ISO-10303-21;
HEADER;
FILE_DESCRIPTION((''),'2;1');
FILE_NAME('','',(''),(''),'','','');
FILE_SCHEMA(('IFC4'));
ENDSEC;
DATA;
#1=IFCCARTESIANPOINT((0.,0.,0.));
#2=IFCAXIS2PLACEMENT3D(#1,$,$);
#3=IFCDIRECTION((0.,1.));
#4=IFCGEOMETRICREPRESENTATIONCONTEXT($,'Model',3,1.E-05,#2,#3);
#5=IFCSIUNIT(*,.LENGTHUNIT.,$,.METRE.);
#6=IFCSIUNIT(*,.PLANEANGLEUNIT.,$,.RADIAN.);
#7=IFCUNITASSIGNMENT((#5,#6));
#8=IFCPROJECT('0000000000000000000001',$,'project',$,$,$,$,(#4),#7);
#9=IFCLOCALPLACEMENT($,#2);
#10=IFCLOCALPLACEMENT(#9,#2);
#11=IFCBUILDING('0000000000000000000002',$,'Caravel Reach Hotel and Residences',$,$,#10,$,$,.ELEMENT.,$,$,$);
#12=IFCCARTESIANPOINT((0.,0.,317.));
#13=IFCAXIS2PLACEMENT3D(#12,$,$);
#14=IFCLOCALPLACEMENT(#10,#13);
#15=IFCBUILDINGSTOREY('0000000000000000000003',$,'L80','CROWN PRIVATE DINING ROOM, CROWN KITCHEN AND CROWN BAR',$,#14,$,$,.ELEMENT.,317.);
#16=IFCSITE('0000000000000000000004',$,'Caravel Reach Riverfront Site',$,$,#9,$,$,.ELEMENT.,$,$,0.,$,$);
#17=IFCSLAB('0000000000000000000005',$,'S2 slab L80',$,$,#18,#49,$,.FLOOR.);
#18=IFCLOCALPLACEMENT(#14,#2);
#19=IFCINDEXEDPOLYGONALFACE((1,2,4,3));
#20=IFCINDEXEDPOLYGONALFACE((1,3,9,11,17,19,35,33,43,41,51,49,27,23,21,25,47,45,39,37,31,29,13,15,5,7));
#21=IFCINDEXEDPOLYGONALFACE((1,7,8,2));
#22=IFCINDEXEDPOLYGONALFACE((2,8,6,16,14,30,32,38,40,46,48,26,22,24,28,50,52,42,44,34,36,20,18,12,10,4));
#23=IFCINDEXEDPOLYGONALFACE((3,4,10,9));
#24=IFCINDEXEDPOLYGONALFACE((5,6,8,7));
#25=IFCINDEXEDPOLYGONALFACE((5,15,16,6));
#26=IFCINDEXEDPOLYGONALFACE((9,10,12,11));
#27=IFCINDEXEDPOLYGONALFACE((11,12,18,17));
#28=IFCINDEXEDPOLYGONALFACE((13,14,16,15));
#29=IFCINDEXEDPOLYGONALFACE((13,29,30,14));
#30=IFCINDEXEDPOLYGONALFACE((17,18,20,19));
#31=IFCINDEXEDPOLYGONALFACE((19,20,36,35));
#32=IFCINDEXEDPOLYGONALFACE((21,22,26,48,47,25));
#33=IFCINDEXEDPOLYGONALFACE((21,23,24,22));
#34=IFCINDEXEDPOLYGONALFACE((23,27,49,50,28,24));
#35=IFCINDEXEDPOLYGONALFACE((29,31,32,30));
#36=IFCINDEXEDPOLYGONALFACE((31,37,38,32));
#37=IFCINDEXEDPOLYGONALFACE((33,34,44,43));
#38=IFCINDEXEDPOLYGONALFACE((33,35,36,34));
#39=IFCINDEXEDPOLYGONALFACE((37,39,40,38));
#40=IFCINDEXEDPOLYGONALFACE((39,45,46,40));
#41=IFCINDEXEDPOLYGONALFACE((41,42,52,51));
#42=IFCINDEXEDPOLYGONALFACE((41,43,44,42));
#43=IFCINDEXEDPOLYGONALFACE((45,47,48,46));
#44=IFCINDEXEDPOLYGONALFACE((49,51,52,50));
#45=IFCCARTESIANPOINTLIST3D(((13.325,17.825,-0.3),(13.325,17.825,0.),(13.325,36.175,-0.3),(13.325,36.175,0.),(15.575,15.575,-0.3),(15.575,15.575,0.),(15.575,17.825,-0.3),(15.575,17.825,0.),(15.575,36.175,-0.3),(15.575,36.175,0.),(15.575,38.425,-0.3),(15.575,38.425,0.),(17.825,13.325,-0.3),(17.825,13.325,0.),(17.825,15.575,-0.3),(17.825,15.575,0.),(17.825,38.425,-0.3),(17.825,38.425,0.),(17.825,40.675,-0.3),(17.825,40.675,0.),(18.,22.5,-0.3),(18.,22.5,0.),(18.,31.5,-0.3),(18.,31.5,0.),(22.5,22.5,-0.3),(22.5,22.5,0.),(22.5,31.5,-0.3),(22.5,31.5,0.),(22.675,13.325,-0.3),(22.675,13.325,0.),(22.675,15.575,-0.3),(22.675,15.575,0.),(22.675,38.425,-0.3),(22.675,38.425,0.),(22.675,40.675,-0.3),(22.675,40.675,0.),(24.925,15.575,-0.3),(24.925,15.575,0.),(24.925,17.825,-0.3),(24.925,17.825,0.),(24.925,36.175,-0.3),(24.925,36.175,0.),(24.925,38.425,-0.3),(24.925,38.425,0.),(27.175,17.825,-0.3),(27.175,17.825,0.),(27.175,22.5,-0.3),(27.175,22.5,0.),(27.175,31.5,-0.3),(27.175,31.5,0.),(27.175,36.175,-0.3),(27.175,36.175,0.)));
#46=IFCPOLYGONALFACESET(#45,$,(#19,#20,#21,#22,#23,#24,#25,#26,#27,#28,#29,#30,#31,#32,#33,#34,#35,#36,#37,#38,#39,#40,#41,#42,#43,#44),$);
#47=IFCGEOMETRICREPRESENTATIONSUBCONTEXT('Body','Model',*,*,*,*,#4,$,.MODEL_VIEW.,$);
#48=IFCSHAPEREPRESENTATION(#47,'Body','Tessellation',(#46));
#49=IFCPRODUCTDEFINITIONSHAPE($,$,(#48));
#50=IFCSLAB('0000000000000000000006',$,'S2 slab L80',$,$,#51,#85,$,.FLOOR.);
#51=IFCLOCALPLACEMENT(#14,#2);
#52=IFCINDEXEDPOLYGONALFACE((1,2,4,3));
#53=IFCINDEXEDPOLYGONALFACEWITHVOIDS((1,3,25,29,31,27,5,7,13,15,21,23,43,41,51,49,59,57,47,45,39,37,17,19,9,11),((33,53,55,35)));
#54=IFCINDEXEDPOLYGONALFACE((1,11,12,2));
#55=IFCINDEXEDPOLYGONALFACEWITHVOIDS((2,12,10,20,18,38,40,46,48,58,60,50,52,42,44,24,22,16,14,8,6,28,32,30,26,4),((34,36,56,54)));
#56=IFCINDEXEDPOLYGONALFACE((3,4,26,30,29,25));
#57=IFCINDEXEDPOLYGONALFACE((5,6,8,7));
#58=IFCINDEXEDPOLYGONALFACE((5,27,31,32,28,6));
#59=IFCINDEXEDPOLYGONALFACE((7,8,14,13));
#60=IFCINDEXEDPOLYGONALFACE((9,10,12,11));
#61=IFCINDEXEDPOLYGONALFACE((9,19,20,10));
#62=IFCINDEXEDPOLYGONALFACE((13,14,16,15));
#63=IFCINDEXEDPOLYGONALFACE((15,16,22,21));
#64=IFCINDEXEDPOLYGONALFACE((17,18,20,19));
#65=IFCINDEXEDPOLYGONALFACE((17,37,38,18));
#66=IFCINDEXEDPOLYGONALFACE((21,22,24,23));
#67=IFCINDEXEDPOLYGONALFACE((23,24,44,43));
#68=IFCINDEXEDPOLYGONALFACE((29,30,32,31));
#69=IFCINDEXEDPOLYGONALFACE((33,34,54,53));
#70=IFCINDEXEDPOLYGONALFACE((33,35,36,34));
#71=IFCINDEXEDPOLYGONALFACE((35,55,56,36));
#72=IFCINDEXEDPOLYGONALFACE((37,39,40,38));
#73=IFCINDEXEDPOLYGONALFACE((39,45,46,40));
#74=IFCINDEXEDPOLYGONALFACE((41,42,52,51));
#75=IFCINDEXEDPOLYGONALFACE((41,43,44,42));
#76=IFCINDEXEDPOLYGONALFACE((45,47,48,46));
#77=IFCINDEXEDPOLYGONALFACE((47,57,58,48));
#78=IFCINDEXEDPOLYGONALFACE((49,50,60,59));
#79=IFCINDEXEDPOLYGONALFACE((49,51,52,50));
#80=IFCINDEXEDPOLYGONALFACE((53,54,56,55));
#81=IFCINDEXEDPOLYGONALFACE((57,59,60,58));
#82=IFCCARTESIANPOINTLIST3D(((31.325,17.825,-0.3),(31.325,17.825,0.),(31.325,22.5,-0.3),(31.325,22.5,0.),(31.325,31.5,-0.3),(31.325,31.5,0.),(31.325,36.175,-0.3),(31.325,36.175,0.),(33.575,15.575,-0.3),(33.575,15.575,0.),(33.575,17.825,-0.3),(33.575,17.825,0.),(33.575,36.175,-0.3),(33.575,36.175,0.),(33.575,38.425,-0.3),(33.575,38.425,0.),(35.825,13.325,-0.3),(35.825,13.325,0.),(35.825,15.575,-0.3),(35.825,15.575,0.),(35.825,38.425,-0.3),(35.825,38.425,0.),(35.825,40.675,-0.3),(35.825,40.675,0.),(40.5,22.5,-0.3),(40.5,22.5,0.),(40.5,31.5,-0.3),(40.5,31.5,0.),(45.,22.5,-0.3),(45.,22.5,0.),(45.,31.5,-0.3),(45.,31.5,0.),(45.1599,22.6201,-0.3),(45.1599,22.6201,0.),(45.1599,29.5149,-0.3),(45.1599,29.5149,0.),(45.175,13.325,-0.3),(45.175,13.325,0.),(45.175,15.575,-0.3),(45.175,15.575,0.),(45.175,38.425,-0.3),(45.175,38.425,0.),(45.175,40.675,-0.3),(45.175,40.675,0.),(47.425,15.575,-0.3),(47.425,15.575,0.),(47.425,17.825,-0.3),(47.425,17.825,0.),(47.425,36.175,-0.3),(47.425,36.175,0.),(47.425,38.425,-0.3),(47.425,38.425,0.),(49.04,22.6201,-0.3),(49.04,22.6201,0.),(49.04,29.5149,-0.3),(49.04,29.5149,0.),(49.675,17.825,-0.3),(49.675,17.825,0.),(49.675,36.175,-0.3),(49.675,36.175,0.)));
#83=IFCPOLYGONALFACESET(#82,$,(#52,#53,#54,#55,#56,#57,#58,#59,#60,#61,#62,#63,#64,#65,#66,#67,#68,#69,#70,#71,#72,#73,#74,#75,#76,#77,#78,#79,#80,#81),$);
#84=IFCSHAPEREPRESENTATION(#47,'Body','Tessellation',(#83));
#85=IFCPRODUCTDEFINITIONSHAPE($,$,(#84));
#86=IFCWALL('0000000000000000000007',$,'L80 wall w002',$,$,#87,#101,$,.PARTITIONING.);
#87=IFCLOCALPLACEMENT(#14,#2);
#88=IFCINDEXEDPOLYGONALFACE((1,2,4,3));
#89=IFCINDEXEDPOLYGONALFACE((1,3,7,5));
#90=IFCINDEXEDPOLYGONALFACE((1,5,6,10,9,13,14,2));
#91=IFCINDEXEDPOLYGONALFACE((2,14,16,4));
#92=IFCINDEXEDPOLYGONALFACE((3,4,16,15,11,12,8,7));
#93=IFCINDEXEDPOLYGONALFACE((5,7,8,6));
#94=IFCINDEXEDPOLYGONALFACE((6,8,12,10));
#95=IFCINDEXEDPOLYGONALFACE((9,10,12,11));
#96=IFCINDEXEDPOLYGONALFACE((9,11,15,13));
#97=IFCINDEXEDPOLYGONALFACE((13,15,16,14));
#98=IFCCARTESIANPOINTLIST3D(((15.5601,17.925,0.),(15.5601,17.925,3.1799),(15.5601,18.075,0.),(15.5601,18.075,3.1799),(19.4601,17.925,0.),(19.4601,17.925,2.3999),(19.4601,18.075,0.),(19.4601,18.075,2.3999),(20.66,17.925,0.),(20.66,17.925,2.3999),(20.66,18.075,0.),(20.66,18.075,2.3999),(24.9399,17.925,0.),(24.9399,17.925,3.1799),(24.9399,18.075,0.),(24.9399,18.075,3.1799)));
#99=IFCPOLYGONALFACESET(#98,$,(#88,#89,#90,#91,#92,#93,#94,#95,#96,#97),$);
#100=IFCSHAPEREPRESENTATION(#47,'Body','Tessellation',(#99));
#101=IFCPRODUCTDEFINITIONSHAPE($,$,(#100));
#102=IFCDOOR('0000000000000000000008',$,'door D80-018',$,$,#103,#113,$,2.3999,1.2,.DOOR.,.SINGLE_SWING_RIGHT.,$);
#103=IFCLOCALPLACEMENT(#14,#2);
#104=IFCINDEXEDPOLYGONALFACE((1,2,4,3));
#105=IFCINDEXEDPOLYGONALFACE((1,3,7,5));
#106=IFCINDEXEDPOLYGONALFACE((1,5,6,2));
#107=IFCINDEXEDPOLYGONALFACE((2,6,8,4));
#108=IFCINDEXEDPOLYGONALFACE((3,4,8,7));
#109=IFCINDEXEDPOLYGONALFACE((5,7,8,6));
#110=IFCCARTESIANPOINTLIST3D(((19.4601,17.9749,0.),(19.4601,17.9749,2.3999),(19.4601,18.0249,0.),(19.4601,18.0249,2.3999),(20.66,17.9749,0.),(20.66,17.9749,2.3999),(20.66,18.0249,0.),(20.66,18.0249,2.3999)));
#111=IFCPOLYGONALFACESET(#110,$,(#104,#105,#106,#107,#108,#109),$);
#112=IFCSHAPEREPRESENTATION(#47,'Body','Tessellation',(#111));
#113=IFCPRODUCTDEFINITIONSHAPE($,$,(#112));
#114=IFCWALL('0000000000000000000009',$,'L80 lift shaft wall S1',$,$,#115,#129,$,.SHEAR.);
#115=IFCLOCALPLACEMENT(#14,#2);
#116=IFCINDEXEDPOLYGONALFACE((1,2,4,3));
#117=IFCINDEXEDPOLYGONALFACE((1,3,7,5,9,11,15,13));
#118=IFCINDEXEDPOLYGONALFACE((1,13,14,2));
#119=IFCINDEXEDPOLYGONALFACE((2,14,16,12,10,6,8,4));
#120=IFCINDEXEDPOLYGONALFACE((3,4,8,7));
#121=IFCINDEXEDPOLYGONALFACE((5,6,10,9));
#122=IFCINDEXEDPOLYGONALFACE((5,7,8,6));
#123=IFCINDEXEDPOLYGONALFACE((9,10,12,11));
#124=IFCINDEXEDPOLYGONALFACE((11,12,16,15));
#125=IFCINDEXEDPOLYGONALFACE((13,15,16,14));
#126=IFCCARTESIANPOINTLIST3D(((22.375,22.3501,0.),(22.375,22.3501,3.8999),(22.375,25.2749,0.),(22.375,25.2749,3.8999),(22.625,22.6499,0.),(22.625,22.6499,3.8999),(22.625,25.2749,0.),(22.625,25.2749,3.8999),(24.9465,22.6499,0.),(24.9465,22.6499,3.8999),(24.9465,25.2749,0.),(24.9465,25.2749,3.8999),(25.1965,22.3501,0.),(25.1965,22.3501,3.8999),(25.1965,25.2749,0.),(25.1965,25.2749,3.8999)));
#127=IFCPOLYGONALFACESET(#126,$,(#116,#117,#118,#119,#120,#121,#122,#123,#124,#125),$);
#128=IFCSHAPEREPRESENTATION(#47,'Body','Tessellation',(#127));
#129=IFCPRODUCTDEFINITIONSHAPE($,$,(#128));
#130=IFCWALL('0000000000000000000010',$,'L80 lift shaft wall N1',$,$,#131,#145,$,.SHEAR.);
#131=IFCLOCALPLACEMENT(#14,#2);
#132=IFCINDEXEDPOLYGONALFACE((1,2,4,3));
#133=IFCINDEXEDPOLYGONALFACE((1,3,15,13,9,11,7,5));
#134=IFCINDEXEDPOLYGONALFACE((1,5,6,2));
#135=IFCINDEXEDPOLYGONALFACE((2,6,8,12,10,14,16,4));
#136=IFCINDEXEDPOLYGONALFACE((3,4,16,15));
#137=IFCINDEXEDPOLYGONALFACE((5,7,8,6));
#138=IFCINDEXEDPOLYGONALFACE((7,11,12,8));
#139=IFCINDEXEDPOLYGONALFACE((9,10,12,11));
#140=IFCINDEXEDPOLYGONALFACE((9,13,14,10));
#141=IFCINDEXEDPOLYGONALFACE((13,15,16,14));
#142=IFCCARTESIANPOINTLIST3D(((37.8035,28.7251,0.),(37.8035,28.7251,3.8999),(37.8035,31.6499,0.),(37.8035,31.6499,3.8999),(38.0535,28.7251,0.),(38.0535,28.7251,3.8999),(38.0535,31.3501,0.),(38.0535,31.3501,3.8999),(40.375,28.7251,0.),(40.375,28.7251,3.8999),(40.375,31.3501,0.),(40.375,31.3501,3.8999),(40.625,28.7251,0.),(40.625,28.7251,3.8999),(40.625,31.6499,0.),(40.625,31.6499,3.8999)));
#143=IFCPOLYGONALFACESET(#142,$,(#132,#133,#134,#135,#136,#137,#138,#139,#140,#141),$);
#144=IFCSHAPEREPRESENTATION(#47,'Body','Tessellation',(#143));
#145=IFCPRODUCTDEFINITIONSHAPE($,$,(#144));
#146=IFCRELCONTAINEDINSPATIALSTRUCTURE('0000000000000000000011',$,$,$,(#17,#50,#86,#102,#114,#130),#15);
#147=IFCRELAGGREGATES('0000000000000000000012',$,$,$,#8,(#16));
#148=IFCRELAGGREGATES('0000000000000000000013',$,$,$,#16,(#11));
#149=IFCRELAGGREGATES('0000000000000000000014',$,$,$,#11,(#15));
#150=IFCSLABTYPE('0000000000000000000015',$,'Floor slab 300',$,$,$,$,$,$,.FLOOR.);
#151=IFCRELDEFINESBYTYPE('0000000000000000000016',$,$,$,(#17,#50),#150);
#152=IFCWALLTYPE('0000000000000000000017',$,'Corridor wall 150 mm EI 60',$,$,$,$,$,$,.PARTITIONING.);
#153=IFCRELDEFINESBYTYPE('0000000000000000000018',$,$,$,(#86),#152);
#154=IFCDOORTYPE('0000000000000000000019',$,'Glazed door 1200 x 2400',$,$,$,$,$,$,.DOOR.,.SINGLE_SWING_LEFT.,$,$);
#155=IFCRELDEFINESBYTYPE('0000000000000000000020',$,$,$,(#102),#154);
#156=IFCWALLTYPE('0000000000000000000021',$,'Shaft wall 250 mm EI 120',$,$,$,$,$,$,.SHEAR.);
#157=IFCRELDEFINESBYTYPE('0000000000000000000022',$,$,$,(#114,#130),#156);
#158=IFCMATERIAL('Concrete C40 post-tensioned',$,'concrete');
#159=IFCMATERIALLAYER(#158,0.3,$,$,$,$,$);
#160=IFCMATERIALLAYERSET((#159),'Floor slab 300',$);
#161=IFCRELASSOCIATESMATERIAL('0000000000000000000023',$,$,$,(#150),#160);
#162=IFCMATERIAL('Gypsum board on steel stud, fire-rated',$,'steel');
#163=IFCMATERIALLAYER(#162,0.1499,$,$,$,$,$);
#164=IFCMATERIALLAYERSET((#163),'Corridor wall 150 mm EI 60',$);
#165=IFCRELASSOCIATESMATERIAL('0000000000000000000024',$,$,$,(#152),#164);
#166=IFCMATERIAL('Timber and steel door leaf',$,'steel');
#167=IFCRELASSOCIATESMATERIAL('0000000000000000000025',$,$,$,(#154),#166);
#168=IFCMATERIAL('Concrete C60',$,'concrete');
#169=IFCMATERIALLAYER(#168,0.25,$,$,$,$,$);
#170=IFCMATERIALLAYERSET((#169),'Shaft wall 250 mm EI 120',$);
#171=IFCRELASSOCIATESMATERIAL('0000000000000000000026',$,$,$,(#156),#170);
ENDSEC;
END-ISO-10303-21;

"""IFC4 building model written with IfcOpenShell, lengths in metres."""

from ifc_helpers import new_model, si_unit, direction, frame, frame_2d, origin, place, context, subcontext, project, spatial, polyline, rectangle, outline, extrude, material, layer, layer_set, type_object, element, fill, save


model = new_model("IFC4")

# Units and contexts
model_context = context("Model", 3, precision=1e-05, world=origin(), true_north=direction((0.0, 1.0)))
body_context = subcontext(model_context, "Body", "Model", "MODEL_VIEW")
ifc_project = project(units=[si_unit("LENGTHUNIT", "METRE"), si_unit("PLANEANGLEUNIT", "RADIAN")], contexts=[model_context])

# Site, building, storey
site_placement = place(None, origin())
site = spatial("IfcSite", under=ifc_project, at=site_placement, Name="Caravel Reach Riverfront Site", CompositionType="ELEMENT", RefElevation=0.0)
building_placement = place(site_placement, origin())
building = spatial("IfcBuilding", under=site, at=building_placement, Name="Caravel Reach Hotel and Residences", CompositionType="ELEMENT")
storey_placement = place(building_placement, frame((0.0, 0.0, 317.0)))
storey = spatial("IfcBuildingStorey", under=building, at=storey_placement, Name="L80", Description="CROWN PRIVATE DINING ROOM, CROWN KITCHEN AND CROWN BAR", CompositionType="ELEMENT", Elevation=317.0)

# Slabs
ifc_material_1 = material(Name="Concrete C40 post-tensioned", Category="concrete")
ifc_layer_1 = layer(ifc_material_1, 0.3)
ifc_layer_set_1 = layer_set([ifc_layer_1], Name="Floor slab 300")
slab_type_1 = type_object("IfcSlabType", Name="Floor slab 300", PredefinedType="FLOOR", material=ifc_layer_set_1)
slab_1_placement = place(storey_placement, frame((0.0, 0.0, -0.3)))
element("IfcSlab", 1, at=slab_1_placement, inside=storey, type_object=slab_type_1, Name="S2 slab L80", PredefinedType="FLOOR", context=body_context, shape_type="SweptSolid", body=[
    extrude(outline(polyline([(13.325, 36.175), (15.575, 36.175), (15.575, 38.425), (17.825, 38.425), (17.825, 40.675), (22.675, 40.675), (22.675, 38.425), (24.925, 38.425), (24.925, 36.175), (27.175, 36.175), (27.175, 31.5), (22.5, 31.5), (18.0, 31.5), (18.0, 22.5), (22.5, 22.5), (27.175, 22.5), (27.175, 17.825), (24.925, 17.825), (24.925, 15.575), (22.675, 15.575), (22.675, 13.325), (17.825, 13.325), (17.825, 15.575), (15.575, 15.575), (15.575, 17.825), (13.325, 17.825), (13.325, 36.175)])), origin(), (0.0, 0.0, 1.0), 0.3),
])
slab_2_placement = place(storey_placement, frame((0.0, 0.0, -0.3)))
element("IfcSlab", 2, at=slab_2_placement, inside=storey, type_object=slab_type_1, Name="S2 slab L80", PredefinedType="FLOOR", context=body_context, shape_type="SweptSolid", body=[
    extrude(outline(polyline([(31.325, 22.5), (40.5, 22.5), (45.0, 22.5), (45.0, 31.5), (40.5, 31.5), (31.325, 31.5), (31.325, 36.175), (33.575, 36.175), (33.575, 38.425), (35.825, 38.425), (35.825, 40.675), (45.175, 40.675), (45.175, 38.425), (47.425, 38.425), (47.425, 36.175), (49.675, 36.175), (49.675, 17.825), (47.425, 17.825), (47.425, 15.575), (45.175, 15.575), (45.175, 13.325), (35.825, 13.325), (35.825, 15.575), (33.575, 15.575), (33.575, 17.825), (31.325, 17.825), (31.325, 22.5)]), holes=[polyline([(45.1599, 22.6201), (49.04, 22.6201), (49.04, 29.5149), (45.1599, 29.5149), (45.1599, 22.6201)])]), origin(), (0.0, 0.0, 1.0), 0.3),
])

# Wall, opening, door
ifc_material_2 = material(Name="Gypsum board on steel stud, fire-rated", Category="steel")
ifc_layer_2 = layer(ifc_material_2, 0.1499)
ifc_layer_set_2 = layer_set([ifc_layer_2], Name="Corridor wall 150 mm EI 60")
wall_type_1 = type_object("IfcWallType", Name="Corridor wall 150 mm EI 60", PredefinedType="PARTITIONING", material=ifc_layer_set_2)
wall_1_placement = place(storey_placement, frame((15.5601, 18.0, 0.0), z_axis=(0.0, 0.0, 1.0), x_axis=(1.0, 0.0, 0.0)))
wall_1 = element("IfcWall", 3, at=wall_1_placement, inside=storey, type_object=wall_type_1, Name="L80 wall w002", PredefinedType="PARTITIONING", context=body_context, shape_type="SweptSolid", body=[
    extrude(rectangle(XDim=9.3799, YDim=0.1499, at=frame_2d((4.6899, 0.0))), origin(), (0.0, 0.0, 1.0), 3.1799),
])
opening_placement = place(wall_1_placement, frame((3.8999, 0.0, 0.0)))
opening = element("IfcOpeningElement", 4, at=opening_placement, cuts=wall_1, PredefinedType="OPENING", context=body_context, shape_type="SweptSolid", body=[
    extrude(rectangle(XDim=1.2, YDim=2.3999, at=frame_2d((0.6001, 1.2))), frame((0.0, 0.085, 0.0), z_axis=(0.0, -1.0, 0.0), x_axis=(1.0, 0.0, 0.0)), (0.0, 0.0, 1.0), 0.1699),
])
ifc_material_3 = material(Name="Timber and steel door leaf", Category="steel")
door_type = type_object("IfcDoorType", Name="Glazed door 1200 x 2400", OperationType="SINGLE_SWING_LEFT", PredefinedType="DOOR", material=ifc_material_3)
door_placement = place(opening_placement, origin())
door = element("IfcDoor", 5, at=door_placement, inside=storey, type_object=door_type, Name="door D80-018", OperationType="SINGLE_SWING_RIGHT", OverallHeight=2.3999, OverallWidth=1.2, PredefinedType="DOOR", context=body_context, shape_type="SweptSolid", body=[
    extrude(rectangle(XDim=1.2, YDim=2.3999, at=frame_2d((0.6001, 1.2))), frame((0.0, 0.0249, 0.0), z_axis=(0.0, -1.0, 0.0), x_axis=(1.0, 0.0, 0.0)), (0.0, 0.0, 1.0), 0.05),
])
fill(opening, door)

# Walls
ifc_material_4 = material(Name="Concrete C60", Category="concrete")
ifc_layer_3 = layer(ifc_material_4, 0.25)
ifc_layer_set_3 = layer_set([ifc_layer_3], Name="Shaft wall 250 mm EI 120")
wall_type_2 = type_object("IfcWallType", Name="Shaft wall 250 mm EI 120", PredefinedType="SHEAR", material=ifc_layer_set_3)
wall_2_placement = place(storey_placement, origin())
element("IfcWall", 6, at=wall_2_placement, inside=storey, type_object=wall_type_2, Name="L80 lift shaft wall S1", PredefinedType="SHEAR", context=body_context, shape_type="SweptSolid", body=[
    extrude(outline(polyline([(22.375, 22.3501), (25.1965, 22.3501), (25.1965, 25.2749), (24.9465, 25.2749), (24.9465, 22.6499), (22.625, 22.6499), (22.625, 25.2749), (22.375, 25.2749), (22.375, 22.3501)])), origin(), (0.0, 0.0, 1.0), 3.8999),
])
wall_3_placement = place(storey_placement, origin())
element("IfcWall", 7, at=wall_3_placement, inside=storey, type_object=wall_type_2, Name="L80 lift shaft wall N1", PredefinedType="SHEAR", context=body_context, shape_type="SweptSolid", body=[
    extrude(outline(polyline([(37.8035, 28.7251), (38.0535, 28.7251), (38.0535, 31.3501), (40.375, 31.3501), (40.375, 28.7251), (40.625, 28.7251), (40.625, 31.6499), (37.8035, 31.6499), (37.8035, 28.7251)])), origin(), (0.0, 0.0, 1.0), 3.8999),
])

save(model, "model.ifc")
